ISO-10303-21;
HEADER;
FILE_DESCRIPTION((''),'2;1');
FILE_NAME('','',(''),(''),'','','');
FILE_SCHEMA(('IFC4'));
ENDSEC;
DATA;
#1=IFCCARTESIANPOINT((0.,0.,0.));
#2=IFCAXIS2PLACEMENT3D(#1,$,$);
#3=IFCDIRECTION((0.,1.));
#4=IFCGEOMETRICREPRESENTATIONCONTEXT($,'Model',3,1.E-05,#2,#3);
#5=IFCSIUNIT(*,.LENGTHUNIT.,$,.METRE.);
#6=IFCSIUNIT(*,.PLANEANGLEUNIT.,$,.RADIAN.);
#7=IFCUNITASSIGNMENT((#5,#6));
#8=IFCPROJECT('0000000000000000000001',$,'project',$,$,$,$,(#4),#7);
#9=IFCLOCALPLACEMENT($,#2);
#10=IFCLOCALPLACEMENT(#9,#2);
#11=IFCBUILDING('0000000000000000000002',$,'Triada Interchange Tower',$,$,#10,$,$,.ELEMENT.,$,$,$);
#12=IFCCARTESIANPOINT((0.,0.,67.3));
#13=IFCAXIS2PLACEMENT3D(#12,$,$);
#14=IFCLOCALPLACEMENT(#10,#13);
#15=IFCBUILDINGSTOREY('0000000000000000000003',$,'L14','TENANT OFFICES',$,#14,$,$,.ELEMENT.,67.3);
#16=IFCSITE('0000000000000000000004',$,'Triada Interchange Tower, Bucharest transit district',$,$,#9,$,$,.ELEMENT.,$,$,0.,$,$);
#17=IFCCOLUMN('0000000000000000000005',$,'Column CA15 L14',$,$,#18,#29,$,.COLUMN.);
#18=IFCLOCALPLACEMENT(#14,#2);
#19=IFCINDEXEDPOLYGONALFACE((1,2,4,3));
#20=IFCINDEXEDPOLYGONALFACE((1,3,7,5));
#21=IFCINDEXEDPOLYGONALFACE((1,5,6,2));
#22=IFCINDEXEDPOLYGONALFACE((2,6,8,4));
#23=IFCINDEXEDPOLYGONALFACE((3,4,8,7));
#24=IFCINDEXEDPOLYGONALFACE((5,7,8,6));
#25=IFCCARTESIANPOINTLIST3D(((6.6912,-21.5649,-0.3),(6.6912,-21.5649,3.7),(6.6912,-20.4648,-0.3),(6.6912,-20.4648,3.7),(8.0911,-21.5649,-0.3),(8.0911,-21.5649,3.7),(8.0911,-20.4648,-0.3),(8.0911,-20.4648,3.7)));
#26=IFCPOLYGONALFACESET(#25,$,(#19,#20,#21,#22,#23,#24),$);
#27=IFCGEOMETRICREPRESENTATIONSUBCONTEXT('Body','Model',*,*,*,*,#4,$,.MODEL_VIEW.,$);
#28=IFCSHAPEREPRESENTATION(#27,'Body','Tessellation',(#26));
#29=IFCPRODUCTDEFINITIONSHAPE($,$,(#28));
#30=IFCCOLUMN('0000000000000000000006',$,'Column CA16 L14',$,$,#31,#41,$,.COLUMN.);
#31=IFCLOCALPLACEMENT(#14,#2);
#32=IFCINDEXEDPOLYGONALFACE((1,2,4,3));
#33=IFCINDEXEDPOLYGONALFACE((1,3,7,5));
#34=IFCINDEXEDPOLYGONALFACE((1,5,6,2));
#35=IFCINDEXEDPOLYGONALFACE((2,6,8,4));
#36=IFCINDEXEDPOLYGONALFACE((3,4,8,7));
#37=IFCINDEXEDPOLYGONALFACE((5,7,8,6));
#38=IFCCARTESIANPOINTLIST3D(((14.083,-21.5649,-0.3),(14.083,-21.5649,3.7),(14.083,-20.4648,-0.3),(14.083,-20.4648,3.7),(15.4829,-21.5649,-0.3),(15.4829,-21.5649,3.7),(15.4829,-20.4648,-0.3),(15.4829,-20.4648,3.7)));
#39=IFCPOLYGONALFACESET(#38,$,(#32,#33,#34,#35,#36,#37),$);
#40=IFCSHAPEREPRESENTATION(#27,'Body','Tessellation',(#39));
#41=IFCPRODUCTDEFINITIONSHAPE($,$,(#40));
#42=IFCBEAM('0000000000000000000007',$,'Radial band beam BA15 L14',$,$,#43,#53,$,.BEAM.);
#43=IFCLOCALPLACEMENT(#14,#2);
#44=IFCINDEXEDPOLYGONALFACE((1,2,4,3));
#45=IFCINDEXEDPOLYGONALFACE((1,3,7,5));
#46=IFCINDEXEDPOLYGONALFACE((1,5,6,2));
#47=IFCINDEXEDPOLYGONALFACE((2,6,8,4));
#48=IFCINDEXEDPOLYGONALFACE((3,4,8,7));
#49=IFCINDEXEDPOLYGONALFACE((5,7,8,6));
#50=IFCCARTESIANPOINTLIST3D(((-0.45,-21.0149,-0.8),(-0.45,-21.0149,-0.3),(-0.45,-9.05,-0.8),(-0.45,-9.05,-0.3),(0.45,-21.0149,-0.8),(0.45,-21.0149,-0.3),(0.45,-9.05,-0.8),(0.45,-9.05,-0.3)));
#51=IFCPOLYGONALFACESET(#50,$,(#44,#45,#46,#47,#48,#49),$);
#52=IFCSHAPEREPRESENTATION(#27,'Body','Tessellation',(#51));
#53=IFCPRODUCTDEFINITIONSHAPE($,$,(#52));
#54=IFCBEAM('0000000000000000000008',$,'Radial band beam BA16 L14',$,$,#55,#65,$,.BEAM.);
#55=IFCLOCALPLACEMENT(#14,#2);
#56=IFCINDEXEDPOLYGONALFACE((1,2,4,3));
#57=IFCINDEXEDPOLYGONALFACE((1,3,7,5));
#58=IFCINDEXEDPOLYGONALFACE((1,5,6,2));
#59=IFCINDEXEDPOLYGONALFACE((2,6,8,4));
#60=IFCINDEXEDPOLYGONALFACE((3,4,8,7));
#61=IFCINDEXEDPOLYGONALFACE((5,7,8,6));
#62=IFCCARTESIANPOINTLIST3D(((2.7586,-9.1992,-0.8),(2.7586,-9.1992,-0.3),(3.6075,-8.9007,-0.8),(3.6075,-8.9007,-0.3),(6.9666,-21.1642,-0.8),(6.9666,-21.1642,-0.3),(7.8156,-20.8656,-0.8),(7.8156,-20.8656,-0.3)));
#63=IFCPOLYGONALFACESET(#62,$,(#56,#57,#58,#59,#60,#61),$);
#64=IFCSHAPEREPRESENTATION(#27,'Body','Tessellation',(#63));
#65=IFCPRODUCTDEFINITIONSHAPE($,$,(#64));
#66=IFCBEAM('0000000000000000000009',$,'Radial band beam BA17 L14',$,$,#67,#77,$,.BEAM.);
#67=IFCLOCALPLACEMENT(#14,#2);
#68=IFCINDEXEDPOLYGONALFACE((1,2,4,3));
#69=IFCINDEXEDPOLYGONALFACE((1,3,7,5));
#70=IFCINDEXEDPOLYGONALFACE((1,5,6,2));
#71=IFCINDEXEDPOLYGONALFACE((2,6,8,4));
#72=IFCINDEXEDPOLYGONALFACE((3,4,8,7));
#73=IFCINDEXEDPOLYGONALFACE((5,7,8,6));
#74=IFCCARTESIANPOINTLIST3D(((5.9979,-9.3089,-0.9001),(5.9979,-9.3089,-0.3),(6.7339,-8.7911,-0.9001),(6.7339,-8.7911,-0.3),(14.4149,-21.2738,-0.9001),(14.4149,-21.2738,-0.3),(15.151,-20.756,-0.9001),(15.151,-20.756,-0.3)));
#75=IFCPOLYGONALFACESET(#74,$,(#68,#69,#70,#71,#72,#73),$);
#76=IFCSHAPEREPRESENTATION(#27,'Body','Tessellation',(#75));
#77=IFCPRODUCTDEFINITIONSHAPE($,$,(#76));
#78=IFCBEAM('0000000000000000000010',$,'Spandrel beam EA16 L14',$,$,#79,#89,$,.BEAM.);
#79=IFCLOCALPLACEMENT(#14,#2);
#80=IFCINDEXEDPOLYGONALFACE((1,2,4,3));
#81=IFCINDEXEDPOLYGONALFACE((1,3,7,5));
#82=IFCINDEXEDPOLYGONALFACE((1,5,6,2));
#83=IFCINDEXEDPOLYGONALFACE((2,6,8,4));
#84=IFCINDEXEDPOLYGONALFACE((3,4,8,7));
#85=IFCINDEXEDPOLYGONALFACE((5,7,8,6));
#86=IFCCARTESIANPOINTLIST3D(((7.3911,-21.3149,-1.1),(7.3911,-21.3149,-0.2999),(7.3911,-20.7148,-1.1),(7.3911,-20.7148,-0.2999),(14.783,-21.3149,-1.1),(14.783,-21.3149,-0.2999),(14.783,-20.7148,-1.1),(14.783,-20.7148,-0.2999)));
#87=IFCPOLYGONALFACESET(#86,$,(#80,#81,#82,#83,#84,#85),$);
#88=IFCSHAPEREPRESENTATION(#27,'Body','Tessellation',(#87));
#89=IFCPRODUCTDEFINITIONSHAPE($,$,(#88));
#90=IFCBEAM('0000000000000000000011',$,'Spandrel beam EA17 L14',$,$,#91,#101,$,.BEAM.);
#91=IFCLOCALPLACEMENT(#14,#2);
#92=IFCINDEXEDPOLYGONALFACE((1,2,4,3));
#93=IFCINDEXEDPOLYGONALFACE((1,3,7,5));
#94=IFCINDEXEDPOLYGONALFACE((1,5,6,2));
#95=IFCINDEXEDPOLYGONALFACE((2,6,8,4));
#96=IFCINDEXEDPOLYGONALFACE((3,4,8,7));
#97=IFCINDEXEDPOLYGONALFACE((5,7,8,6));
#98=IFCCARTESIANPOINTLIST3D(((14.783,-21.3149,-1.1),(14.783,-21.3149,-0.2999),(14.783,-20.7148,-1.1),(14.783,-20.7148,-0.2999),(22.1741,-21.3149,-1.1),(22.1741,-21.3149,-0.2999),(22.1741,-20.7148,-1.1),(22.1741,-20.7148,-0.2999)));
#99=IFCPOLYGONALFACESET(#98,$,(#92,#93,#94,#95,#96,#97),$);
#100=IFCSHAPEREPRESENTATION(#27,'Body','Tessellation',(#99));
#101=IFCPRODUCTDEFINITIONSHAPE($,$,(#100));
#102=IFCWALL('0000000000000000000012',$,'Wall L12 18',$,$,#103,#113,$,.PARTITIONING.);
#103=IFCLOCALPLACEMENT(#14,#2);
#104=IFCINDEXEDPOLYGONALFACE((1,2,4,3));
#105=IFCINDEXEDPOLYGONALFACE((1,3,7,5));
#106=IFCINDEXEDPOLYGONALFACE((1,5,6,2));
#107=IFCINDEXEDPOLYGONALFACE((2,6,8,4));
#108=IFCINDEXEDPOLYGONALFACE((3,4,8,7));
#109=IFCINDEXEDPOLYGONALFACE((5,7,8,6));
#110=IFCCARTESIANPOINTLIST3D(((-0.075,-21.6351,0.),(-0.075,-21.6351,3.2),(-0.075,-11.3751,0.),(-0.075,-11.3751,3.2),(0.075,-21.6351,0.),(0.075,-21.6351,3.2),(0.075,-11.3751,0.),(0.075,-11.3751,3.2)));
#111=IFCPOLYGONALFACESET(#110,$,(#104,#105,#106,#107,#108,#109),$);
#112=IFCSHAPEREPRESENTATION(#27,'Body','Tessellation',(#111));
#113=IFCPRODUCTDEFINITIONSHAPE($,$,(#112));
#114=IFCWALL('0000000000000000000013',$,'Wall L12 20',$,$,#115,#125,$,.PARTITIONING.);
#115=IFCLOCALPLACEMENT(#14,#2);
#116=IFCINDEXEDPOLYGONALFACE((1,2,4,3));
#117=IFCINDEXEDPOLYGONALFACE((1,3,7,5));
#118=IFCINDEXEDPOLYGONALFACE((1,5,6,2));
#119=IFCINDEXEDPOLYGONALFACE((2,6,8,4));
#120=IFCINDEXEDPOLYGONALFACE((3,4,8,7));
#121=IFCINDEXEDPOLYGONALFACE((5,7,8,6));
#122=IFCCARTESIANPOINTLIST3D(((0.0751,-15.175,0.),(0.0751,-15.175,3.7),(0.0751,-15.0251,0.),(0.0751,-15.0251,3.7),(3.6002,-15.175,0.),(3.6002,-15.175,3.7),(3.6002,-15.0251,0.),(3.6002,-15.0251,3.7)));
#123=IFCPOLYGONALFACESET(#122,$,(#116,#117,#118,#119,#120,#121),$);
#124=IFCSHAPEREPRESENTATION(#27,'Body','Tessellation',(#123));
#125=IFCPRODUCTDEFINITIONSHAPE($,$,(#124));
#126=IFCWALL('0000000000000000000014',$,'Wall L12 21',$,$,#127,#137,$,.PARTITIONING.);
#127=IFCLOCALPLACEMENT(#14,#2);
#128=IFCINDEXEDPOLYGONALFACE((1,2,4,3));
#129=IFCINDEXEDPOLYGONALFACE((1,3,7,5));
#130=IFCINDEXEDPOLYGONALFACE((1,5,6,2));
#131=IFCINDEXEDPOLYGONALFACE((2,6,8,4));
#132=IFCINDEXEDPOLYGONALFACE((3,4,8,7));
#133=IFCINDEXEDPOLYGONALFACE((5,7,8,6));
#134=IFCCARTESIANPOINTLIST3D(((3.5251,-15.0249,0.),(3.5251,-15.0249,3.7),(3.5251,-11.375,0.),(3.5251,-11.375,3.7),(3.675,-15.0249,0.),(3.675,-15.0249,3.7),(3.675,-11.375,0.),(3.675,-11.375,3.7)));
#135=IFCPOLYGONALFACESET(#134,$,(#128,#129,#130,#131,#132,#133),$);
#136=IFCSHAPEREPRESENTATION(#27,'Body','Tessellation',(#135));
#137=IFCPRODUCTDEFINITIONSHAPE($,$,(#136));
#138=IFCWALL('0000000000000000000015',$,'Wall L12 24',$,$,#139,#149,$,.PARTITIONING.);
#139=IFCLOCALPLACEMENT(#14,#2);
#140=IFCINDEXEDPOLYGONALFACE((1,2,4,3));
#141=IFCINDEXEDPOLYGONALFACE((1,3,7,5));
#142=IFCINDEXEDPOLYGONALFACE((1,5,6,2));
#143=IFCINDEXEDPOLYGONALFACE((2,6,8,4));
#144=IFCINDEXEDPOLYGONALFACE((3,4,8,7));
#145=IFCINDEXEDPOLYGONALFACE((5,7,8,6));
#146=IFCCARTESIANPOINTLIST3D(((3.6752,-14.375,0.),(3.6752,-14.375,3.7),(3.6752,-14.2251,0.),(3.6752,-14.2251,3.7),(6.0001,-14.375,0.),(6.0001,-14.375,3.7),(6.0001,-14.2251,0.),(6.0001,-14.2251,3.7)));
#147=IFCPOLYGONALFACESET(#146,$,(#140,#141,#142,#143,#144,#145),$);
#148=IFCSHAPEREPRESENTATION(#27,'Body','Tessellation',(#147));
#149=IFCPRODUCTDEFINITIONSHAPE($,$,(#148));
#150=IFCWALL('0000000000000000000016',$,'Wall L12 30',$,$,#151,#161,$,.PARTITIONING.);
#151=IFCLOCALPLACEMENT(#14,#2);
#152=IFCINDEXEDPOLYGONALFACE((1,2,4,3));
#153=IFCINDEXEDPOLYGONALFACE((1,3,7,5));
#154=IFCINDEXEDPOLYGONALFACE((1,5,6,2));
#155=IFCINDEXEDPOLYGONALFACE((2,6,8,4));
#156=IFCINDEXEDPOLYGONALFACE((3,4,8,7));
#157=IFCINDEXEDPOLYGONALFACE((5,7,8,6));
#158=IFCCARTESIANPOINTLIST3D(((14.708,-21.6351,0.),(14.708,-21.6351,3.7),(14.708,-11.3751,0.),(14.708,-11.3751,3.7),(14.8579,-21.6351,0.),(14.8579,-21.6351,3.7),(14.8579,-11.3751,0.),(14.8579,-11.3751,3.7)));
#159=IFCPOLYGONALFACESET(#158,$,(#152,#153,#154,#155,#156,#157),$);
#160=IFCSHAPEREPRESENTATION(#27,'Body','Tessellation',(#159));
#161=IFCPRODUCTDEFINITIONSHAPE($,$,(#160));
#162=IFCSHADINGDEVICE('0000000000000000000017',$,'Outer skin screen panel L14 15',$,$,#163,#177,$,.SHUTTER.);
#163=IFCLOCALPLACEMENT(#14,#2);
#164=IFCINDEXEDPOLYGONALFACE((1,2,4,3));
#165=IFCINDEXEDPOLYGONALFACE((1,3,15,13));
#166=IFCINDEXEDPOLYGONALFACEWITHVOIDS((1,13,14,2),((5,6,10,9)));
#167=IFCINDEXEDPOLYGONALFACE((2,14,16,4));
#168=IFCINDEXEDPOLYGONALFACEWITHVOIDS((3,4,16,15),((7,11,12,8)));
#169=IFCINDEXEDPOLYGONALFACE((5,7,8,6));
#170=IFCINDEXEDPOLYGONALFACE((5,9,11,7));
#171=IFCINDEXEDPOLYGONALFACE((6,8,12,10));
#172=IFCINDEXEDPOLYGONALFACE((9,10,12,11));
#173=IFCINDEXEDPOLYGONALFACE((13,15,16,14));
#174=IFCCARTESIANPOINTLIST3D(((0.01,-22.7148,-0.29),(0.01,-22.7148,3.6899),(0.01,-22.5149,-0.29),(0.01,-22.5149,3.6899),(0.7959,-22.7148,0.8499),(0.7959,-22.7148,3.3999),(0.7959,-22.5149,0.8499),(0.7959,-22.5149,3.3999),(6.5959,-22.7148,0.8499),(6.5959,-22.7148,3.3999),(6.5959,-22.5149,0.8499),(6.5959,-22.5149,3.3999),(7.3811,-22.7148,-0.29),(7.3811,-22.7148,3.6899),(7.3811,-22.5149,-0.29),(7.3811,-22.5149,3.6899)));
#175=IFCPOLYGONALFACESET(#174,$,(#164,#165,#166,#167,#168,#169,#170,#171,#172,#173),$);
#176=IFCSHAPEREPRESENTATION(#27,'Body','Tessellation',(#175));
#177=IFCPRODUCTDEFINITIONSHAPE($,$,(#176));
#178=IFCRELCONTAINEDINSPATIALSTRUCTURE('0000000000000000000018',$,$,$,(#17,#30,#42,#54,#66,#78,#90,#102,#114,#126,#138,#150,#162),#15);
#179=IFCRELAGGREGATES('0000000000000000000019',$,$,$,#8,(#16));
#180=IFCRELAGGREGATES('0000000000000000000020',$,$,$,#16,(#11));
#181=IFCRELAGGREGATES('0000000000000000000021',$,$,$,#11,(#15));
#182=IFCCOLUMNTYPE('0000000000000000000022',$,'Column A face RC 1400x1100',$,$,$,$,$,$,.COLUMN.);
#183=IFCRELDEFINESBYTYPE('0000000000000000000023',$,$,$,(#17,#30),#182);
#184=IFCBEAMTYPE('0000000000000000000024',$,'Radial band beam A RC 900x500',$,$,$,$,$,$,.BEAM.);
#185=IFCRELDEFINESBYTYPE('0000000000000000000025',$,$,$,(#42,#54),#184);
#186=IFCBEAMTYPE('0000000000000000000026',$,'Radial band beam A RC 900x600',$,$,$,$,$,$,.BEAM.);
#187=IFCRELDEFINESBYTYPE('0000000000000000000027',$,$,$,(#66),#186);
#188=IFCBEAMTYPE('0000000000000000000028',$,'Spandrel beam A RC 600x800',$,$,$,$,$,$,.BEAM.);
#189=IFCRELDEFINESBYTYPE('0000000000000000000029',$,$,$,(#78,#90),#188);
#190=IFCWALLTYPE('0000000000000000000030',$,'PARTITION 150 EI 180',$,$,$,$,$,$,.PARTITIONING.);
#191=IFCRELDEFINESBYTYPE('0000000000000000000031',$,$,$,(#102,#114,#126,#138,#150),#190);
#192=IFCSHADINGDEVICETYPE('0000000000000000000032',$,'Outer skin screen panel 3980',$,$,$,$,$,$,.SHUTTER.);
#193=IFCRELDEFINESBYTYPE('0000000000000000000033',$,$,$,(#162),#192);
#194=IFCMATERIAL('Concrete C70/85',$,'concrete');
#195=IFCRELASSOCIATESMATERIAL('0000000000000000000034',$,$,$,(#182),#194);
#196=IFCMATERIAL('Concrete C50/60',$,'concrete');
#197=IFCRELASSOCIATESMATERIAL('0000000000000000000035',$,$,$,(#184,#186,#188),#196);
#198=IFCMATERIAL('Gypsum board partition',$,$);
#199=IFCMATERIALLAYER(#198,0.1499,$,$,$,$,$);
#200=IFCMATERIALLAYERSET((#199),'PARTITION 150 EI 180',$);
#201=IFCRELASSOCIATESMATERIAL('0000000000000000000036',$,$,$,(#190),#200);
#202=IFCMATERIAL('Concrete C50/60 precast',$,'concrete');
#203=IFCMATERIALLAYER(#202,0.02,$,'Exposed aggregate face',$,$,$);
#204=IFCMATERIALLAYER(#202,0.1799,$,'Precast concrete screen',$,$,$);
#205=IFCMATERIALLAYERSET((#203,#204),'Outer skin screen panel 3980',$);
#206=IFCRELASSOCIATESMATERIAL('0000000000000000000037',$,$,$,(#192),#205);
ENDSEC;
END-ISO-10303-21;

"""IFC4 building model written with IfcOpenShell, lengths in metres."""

from ifc_helpers import new_model, si_unit, direction, frame, frame_2d, origin, origin_2d, place, context, subcontext, project, spatial, polyline, rectangle, outline, extrude, material, layer, layer_set, material_profile, profile_set, type_object, element, save


model = new_model("IFC4")

# Units and contexts
model_context = context("Model", 3, precision=1e-05, world=origin(), true_north=direction((0.0, 1.0)))
body_context = subcontext(model_context, "Body", "Model", "MODEL_VIEW")
ifc_project = project(units=[si_unit("LENGTHUNIT", "METRE"), si_unit("PLANEANGLEUNIT", "RADIAN")], contexts=[model_context])

# Site, building, storey
site_placement = place(None, origin())
site = spatial("IfcSite", under=ifc_project, at=site_placement, Name="Triada Interchange Tower, Bucharest transit district", CompositionType="ELEMENT", RefElevation=0.0)
building_placement = place(site_placement, origin())
building = spatial("IfcBuilding", under=site, at=building_placement, Name="Triada Interchange Tower", CompositionType="ELEMENT")
storey_placement = place(building_placement, frame((0.0, 0.0, 67.3)))
storey = spatial("IfcBuildingStorey", under=building, at=storey_placement, Name="L14", Description="TENANT OFFICES", CompositionType="ELEMENT", Elevation=67.3)

# Columns
ifc_material_1 = material(Name="Concrete C70/85", Category="concrete")
ifc_material_profile_1 = material_profile(ifc_material_1, rectangle(XDim=1.3999, YDim=1.1001, at=origin_2d()), Name="RC 1400x1100")
ifc_profile_set_1 = profile_set([ifc_material_profile_1], Name="Concrete C70/85")
column_type = type_object("IfcColumnType", Name="Column A face RC 1400x1100", PredefinedType="COLUMN", material=ifc_profile_set_1)
for number, where, z_axis, x_axis, name in (
    (1, (7.3911, -21.0149, -0.3), (0.0, 0.0, 1.0), (1.0, 0.0, 0.0), "Column CA15 L14"),
    (2, (14.783, -21.0149, -0.3), (0.0, 0.0, 1.0), (1.0, 0.0, 0.0), "Column CA16 L14"),
):
    element("IfcColumn", number, at=place(storey_placement, frame(where, z_axis=z_axis, x_axis=x_axis)), inside=storey, type_object=column_type, Name=name, PredefinedType="COLUMN", context=body_context, shape_type="SweptSolid", body=[
        extrude(rectangle(XDim=1.3999, YDim=1.1001, at=origin_2d()), origin(), (0.0, 0.0, 1.0), 4.0),
    ])

# Beams
ifc_material_2 = material(Name="Concrete C50/60", Category="concrete")
ifc_material_profile_2 = material_profile(ifc_material_2, rectangle(XDim=0.8999, YDim=0.5, at=origin_2d()), Name="RC 900x500")
ifc_profile_set_2 = profile_set([ifc_material_profile_2], Name="Concrete C50/60")
beam_type_1 = type_object("IfcBeamType", Name="Radial band beam A RC 900x500", PredefinedType="BEAM", material=ifc_profile_set_2)
beam_1_placement = place(storey_placement, frame((0.0, -21.0149, -0.55), z_axis=(0.0, 1.0, 0.0), x_axis=(-1.0, 0.0, 0.0)))
element("IfcBeam", 3, at=beam_1_placement, inside=storey, type_object=beam_type_1, Name="Radial band beam BA15 L14", PredefinedType="BEAM", context=body_context, shape_type="SweptSolid", body=[
    extrude(rectangle(XDim=0.8999, YDim=0.5, at=origin_2d()), origin(), (0.0, 0.0, 1.0), 11.9648),
])
beam_2_placement = place(storey_placement, frame((7.3911, -21.0149, -0.55), z_axis=(-0.331777, 0.943358, 0.0), x_axis=(-0.943358, -0.331777, 0.0)))
element("IfcBeam", 4, at=beam_2_placement, inside=storey, type_object=beam_type_1, Name="Radial band beam BA16 L14", PredefinedType="BEAM", context=body_context, shape_type="SweptSolid", body=[
    extrude(rectangle(XDim=0.8999, YDim=0.5, at=origin_2d()), origin(), (0.0, 0.0, 1.0), 12.6833),
])
ifc_material_profile_3 = material_profile(ifc_material_2, rectangle(XDim=0.8999, YDim=0.6001, at=origin_2d()), Name="RC 900x600")
ifc_profile_set_3 = profile_set([ifc_material_profile_3], Name="Concrete C50/60")
beam_type_2 = type_object("IfcBeamType", Name="Radial band beam A RC 900x600", PredefinedType="BEAM", material=ifc_profile_set_3)
beam_3_placement = place(storey_placement, frame((14.783, -21.0149, -0.6001), z_axis=(-0.575369, 0.817894, 0.0), x_axis=(-0.817894, -0.575369, 0.0)))
element("IfcBeam", 5, at=beam_3_placement, inside=storey, type_object=beam_type_2, Name="Radial band beam BA17 L14", PredefinedType="BEAM", context=body_context, shape_type="SweptSolid", body=[
    extrude(rectangle(XDim=0.8999, YDim=0.6001, at=origin_2d()), origin(), (0.0, 0.0, 1.0), 14.6289),
])
ifc_material_profile_4 = material_profile(ifc_material_2, rectangle(XDim=0.6001, YDim=0.8, at=origin_2d()), Name="RC 600x800")
ifc_profile_set_4 = profile_set([ifc_material_profile_4], Name="Concrete C50/60")
beam_type_3 = type_object("IfcBeamType", Name="Spandrel beam A RC 600x800", PredefinedType="BEAM", material=ifc_profile_set_4)
beam_4_placement = place(storey_placement, frame((7.3911, -21.0149, -0.7), z_axis=(1.0, 0.0, 0.0), x_axis=(0.0, 1.0, 0.0)))
element("IfcBeam", 6, at=beam_4_placement, inside=storey, type_object=beam_type_3, Name="Spandrel beam EA16 L14", PredefinedType="BEAM", context=body_context, shape_type="SweptSolid", body=[
    extrude(rectangle(XDim=0.6001, YDim=0.8, at=origin_2d()), origin(), (0.0, 0.0, 1.0), 7.3918),
])
beam_5_placement = place(storey_placement, frame((14.783, -21.0149, -0.7), z_axis=(1.0, 0.0, 0.0), x_axis=(0.0, 1.0, 0.0)))
element("IfcBeam", 7, at=beam_5_placement, inside=storey, type_object=beam_type_3, Name="Spandrel beam EA17 L14", PredefinedType="BEAM", context=body_context, shape_type="SweptSolid", body=[
    extrude(rectangle(XDim=0.6001, YDim=0.8, at=origin_2d()), origin(), (0.0, 0.0, 1.0), 7.3911),
])

# Walls
ifc_material_3 = material(Name="Gypsum board partition")
ifc_layer_1 = layer(ifc_material_3, 0.1499)
ifc_layer_set_1 = layer_set([ifc_layer_1], Name="PARTITION 150 EI 180")
wall_type = type_object("IfcWallType", Name="PARTITION 150 EI 180", PredefinedType="PARTITIONING", material=ifc_layer_set_1)
wall_1_placement = place(storey_placement, frame((0.0, -21.635, 0.0), z_axis=(0.0, 0.0, 1.0), x_axis=(0.0, 1.0, 0.0)))
element("IfcWall", 8, at=wall_1_placement, inside=storey, type_object=wall_type, Name="Wall L12 18", PredefinedType="PARTITIONING", context=body_context, shape_type="SweptSolid", body=[
    extrude(rectangle(XDim=10.26, YDim=0.1499, at=frame_2d((5.1299, 0.0))), origin(), (0.0, 0.0, 1.0), 3.2),
])
wall_2_placement = place(storey_placement, frame((0.075, -15.1001, 0.0), z_axis=(0.0, 0.0, 1.0), x_axis=(1.0, 0.0, 0.0)))
element("IfcWall", 9, at=wall_2_placement, inside=storey, type_object=wall_type, Name="Wall L12 20", PredefinedType="PARTITIONING", context=body_context, shape_type="SweptSolid", body=[
    extrude(rectangle(XDim=3.5251, YDim=0.1499, at=frame_2d((1.7627, 0.0))), origin(), (0.0, 0.0, 1.0), 3.7),
])
wall_3_placement = place(storey_placement, frame((3.6001, -15.0249, 0.0), z_axis=(0.0, 0.0, 1.0), x_axis=(0.0, 1.0, 0.0)))
element("IfcWall", 10, at=wall_3_placement, inside=storey, type_object=wall_type, Name="Wall L12 21", PredefinedType="PARTITIONING", context=body_context, shape_type="SweptSolid", body=[
    extrude(rectangle(XDim=3.6499, YDim=0.1499, at=frame_2d((1.825, 0.0))), origin(), (0.0, 0.0, 1.0), 3.7),
])
wall_4_placement = place(storey_placement, frame((3.675, -14.3, 0.0), z_axis=(0.0, 0.0, 1.0), x_axis=(1.0, 0.0, 0.0)))
element("IfcWall", 11, at=wall_4_placement, inside=storey, type_object=wall_type, Name="Wall L12 24", PredefinedType="PARTITIONING", context=body_context, shape_type="SweptSolid", body=[
    extrude(rectangle(XDim=2.325, YDim=0.1499, at=frame_2d((1.1626, 0.0))), origin(), (0.0, 0.0, 1.0), 3.7),
])
wall_5_placement = place(storey_placement, frame((14.783, -21.635, 0.0), z_axis=(0.0, 0.0, 1.0), x_axis=(0.0, 1.0, 0.0)))
element("IfcWall", 12, at=wall_5_placement, inside=storey, type_object=wall_type, Name="Wall L12 30", PredefinedType="PARTITIONING", context=body_context, shape_type="SweptSolid", body=[
    extrude(rectangle(XDim=10.26, YDim=0.1499, at=frame_2d((5.1299, 0.0))), origin(), (0.0, 0.0, 1.0), 3.7),
])

# Shading device
ifc_material_4 = material(Name="Concrete C50/60 precast", Category="concrete")
ifc_layer_2 = layer(ifc_material_4, 0.02, Name="Exposed aggregate face")
ifc_layer_3 = layer(ifc_material_4, 0.1799, Name="Precast concrete screen")
ifc_layer_set_2 = layer_set([ifc_layer_2, ifc_layer_3], Name="Outer skin screen panel 3980")
shading_device_type = type_object("IfcShadingDeviceType", Name="Outer skin screen panel 3980", PredefinedType="SHUTTER", material=ifc_layer_set_2)
shading_device_1_placement = place(storey_placement, frame((0.01, -22.5149, -0.29), z_axis=(0.0, 0.0, 1.0), x_axis=(1.0, 0.0, 0.0)))
element("IfcShadingDevice", 13, at=shading_device_1_placement, inside=storey, type_object=shading_device_type, Name="Outer skin screen panel L14 15", PredefinedType="SHUTTER", context=body_context, shape_type="SweptSolid", body=[
    extrude(outline(polyline([(0.0, 0.0), (7.3711, 0.0), (7.3711, 3.98), (0.0, 3.98), (0.0, 0.0)]), holes=[polyline([(0.7859, 1.1399), (0.7859, 3.6899), (6.5859, 3.6899), (6.5859, 1.1399), (0.7859, 1.1399)])]), frame((0.0, 0.0, 0.0), z_axis=(0.0, -1.0, 0.0), x_axis=(1.0, 0.0, 0.0)), (0.0, 0.0, 1.0), 0.2),
])

save(model, "model.ifc")
